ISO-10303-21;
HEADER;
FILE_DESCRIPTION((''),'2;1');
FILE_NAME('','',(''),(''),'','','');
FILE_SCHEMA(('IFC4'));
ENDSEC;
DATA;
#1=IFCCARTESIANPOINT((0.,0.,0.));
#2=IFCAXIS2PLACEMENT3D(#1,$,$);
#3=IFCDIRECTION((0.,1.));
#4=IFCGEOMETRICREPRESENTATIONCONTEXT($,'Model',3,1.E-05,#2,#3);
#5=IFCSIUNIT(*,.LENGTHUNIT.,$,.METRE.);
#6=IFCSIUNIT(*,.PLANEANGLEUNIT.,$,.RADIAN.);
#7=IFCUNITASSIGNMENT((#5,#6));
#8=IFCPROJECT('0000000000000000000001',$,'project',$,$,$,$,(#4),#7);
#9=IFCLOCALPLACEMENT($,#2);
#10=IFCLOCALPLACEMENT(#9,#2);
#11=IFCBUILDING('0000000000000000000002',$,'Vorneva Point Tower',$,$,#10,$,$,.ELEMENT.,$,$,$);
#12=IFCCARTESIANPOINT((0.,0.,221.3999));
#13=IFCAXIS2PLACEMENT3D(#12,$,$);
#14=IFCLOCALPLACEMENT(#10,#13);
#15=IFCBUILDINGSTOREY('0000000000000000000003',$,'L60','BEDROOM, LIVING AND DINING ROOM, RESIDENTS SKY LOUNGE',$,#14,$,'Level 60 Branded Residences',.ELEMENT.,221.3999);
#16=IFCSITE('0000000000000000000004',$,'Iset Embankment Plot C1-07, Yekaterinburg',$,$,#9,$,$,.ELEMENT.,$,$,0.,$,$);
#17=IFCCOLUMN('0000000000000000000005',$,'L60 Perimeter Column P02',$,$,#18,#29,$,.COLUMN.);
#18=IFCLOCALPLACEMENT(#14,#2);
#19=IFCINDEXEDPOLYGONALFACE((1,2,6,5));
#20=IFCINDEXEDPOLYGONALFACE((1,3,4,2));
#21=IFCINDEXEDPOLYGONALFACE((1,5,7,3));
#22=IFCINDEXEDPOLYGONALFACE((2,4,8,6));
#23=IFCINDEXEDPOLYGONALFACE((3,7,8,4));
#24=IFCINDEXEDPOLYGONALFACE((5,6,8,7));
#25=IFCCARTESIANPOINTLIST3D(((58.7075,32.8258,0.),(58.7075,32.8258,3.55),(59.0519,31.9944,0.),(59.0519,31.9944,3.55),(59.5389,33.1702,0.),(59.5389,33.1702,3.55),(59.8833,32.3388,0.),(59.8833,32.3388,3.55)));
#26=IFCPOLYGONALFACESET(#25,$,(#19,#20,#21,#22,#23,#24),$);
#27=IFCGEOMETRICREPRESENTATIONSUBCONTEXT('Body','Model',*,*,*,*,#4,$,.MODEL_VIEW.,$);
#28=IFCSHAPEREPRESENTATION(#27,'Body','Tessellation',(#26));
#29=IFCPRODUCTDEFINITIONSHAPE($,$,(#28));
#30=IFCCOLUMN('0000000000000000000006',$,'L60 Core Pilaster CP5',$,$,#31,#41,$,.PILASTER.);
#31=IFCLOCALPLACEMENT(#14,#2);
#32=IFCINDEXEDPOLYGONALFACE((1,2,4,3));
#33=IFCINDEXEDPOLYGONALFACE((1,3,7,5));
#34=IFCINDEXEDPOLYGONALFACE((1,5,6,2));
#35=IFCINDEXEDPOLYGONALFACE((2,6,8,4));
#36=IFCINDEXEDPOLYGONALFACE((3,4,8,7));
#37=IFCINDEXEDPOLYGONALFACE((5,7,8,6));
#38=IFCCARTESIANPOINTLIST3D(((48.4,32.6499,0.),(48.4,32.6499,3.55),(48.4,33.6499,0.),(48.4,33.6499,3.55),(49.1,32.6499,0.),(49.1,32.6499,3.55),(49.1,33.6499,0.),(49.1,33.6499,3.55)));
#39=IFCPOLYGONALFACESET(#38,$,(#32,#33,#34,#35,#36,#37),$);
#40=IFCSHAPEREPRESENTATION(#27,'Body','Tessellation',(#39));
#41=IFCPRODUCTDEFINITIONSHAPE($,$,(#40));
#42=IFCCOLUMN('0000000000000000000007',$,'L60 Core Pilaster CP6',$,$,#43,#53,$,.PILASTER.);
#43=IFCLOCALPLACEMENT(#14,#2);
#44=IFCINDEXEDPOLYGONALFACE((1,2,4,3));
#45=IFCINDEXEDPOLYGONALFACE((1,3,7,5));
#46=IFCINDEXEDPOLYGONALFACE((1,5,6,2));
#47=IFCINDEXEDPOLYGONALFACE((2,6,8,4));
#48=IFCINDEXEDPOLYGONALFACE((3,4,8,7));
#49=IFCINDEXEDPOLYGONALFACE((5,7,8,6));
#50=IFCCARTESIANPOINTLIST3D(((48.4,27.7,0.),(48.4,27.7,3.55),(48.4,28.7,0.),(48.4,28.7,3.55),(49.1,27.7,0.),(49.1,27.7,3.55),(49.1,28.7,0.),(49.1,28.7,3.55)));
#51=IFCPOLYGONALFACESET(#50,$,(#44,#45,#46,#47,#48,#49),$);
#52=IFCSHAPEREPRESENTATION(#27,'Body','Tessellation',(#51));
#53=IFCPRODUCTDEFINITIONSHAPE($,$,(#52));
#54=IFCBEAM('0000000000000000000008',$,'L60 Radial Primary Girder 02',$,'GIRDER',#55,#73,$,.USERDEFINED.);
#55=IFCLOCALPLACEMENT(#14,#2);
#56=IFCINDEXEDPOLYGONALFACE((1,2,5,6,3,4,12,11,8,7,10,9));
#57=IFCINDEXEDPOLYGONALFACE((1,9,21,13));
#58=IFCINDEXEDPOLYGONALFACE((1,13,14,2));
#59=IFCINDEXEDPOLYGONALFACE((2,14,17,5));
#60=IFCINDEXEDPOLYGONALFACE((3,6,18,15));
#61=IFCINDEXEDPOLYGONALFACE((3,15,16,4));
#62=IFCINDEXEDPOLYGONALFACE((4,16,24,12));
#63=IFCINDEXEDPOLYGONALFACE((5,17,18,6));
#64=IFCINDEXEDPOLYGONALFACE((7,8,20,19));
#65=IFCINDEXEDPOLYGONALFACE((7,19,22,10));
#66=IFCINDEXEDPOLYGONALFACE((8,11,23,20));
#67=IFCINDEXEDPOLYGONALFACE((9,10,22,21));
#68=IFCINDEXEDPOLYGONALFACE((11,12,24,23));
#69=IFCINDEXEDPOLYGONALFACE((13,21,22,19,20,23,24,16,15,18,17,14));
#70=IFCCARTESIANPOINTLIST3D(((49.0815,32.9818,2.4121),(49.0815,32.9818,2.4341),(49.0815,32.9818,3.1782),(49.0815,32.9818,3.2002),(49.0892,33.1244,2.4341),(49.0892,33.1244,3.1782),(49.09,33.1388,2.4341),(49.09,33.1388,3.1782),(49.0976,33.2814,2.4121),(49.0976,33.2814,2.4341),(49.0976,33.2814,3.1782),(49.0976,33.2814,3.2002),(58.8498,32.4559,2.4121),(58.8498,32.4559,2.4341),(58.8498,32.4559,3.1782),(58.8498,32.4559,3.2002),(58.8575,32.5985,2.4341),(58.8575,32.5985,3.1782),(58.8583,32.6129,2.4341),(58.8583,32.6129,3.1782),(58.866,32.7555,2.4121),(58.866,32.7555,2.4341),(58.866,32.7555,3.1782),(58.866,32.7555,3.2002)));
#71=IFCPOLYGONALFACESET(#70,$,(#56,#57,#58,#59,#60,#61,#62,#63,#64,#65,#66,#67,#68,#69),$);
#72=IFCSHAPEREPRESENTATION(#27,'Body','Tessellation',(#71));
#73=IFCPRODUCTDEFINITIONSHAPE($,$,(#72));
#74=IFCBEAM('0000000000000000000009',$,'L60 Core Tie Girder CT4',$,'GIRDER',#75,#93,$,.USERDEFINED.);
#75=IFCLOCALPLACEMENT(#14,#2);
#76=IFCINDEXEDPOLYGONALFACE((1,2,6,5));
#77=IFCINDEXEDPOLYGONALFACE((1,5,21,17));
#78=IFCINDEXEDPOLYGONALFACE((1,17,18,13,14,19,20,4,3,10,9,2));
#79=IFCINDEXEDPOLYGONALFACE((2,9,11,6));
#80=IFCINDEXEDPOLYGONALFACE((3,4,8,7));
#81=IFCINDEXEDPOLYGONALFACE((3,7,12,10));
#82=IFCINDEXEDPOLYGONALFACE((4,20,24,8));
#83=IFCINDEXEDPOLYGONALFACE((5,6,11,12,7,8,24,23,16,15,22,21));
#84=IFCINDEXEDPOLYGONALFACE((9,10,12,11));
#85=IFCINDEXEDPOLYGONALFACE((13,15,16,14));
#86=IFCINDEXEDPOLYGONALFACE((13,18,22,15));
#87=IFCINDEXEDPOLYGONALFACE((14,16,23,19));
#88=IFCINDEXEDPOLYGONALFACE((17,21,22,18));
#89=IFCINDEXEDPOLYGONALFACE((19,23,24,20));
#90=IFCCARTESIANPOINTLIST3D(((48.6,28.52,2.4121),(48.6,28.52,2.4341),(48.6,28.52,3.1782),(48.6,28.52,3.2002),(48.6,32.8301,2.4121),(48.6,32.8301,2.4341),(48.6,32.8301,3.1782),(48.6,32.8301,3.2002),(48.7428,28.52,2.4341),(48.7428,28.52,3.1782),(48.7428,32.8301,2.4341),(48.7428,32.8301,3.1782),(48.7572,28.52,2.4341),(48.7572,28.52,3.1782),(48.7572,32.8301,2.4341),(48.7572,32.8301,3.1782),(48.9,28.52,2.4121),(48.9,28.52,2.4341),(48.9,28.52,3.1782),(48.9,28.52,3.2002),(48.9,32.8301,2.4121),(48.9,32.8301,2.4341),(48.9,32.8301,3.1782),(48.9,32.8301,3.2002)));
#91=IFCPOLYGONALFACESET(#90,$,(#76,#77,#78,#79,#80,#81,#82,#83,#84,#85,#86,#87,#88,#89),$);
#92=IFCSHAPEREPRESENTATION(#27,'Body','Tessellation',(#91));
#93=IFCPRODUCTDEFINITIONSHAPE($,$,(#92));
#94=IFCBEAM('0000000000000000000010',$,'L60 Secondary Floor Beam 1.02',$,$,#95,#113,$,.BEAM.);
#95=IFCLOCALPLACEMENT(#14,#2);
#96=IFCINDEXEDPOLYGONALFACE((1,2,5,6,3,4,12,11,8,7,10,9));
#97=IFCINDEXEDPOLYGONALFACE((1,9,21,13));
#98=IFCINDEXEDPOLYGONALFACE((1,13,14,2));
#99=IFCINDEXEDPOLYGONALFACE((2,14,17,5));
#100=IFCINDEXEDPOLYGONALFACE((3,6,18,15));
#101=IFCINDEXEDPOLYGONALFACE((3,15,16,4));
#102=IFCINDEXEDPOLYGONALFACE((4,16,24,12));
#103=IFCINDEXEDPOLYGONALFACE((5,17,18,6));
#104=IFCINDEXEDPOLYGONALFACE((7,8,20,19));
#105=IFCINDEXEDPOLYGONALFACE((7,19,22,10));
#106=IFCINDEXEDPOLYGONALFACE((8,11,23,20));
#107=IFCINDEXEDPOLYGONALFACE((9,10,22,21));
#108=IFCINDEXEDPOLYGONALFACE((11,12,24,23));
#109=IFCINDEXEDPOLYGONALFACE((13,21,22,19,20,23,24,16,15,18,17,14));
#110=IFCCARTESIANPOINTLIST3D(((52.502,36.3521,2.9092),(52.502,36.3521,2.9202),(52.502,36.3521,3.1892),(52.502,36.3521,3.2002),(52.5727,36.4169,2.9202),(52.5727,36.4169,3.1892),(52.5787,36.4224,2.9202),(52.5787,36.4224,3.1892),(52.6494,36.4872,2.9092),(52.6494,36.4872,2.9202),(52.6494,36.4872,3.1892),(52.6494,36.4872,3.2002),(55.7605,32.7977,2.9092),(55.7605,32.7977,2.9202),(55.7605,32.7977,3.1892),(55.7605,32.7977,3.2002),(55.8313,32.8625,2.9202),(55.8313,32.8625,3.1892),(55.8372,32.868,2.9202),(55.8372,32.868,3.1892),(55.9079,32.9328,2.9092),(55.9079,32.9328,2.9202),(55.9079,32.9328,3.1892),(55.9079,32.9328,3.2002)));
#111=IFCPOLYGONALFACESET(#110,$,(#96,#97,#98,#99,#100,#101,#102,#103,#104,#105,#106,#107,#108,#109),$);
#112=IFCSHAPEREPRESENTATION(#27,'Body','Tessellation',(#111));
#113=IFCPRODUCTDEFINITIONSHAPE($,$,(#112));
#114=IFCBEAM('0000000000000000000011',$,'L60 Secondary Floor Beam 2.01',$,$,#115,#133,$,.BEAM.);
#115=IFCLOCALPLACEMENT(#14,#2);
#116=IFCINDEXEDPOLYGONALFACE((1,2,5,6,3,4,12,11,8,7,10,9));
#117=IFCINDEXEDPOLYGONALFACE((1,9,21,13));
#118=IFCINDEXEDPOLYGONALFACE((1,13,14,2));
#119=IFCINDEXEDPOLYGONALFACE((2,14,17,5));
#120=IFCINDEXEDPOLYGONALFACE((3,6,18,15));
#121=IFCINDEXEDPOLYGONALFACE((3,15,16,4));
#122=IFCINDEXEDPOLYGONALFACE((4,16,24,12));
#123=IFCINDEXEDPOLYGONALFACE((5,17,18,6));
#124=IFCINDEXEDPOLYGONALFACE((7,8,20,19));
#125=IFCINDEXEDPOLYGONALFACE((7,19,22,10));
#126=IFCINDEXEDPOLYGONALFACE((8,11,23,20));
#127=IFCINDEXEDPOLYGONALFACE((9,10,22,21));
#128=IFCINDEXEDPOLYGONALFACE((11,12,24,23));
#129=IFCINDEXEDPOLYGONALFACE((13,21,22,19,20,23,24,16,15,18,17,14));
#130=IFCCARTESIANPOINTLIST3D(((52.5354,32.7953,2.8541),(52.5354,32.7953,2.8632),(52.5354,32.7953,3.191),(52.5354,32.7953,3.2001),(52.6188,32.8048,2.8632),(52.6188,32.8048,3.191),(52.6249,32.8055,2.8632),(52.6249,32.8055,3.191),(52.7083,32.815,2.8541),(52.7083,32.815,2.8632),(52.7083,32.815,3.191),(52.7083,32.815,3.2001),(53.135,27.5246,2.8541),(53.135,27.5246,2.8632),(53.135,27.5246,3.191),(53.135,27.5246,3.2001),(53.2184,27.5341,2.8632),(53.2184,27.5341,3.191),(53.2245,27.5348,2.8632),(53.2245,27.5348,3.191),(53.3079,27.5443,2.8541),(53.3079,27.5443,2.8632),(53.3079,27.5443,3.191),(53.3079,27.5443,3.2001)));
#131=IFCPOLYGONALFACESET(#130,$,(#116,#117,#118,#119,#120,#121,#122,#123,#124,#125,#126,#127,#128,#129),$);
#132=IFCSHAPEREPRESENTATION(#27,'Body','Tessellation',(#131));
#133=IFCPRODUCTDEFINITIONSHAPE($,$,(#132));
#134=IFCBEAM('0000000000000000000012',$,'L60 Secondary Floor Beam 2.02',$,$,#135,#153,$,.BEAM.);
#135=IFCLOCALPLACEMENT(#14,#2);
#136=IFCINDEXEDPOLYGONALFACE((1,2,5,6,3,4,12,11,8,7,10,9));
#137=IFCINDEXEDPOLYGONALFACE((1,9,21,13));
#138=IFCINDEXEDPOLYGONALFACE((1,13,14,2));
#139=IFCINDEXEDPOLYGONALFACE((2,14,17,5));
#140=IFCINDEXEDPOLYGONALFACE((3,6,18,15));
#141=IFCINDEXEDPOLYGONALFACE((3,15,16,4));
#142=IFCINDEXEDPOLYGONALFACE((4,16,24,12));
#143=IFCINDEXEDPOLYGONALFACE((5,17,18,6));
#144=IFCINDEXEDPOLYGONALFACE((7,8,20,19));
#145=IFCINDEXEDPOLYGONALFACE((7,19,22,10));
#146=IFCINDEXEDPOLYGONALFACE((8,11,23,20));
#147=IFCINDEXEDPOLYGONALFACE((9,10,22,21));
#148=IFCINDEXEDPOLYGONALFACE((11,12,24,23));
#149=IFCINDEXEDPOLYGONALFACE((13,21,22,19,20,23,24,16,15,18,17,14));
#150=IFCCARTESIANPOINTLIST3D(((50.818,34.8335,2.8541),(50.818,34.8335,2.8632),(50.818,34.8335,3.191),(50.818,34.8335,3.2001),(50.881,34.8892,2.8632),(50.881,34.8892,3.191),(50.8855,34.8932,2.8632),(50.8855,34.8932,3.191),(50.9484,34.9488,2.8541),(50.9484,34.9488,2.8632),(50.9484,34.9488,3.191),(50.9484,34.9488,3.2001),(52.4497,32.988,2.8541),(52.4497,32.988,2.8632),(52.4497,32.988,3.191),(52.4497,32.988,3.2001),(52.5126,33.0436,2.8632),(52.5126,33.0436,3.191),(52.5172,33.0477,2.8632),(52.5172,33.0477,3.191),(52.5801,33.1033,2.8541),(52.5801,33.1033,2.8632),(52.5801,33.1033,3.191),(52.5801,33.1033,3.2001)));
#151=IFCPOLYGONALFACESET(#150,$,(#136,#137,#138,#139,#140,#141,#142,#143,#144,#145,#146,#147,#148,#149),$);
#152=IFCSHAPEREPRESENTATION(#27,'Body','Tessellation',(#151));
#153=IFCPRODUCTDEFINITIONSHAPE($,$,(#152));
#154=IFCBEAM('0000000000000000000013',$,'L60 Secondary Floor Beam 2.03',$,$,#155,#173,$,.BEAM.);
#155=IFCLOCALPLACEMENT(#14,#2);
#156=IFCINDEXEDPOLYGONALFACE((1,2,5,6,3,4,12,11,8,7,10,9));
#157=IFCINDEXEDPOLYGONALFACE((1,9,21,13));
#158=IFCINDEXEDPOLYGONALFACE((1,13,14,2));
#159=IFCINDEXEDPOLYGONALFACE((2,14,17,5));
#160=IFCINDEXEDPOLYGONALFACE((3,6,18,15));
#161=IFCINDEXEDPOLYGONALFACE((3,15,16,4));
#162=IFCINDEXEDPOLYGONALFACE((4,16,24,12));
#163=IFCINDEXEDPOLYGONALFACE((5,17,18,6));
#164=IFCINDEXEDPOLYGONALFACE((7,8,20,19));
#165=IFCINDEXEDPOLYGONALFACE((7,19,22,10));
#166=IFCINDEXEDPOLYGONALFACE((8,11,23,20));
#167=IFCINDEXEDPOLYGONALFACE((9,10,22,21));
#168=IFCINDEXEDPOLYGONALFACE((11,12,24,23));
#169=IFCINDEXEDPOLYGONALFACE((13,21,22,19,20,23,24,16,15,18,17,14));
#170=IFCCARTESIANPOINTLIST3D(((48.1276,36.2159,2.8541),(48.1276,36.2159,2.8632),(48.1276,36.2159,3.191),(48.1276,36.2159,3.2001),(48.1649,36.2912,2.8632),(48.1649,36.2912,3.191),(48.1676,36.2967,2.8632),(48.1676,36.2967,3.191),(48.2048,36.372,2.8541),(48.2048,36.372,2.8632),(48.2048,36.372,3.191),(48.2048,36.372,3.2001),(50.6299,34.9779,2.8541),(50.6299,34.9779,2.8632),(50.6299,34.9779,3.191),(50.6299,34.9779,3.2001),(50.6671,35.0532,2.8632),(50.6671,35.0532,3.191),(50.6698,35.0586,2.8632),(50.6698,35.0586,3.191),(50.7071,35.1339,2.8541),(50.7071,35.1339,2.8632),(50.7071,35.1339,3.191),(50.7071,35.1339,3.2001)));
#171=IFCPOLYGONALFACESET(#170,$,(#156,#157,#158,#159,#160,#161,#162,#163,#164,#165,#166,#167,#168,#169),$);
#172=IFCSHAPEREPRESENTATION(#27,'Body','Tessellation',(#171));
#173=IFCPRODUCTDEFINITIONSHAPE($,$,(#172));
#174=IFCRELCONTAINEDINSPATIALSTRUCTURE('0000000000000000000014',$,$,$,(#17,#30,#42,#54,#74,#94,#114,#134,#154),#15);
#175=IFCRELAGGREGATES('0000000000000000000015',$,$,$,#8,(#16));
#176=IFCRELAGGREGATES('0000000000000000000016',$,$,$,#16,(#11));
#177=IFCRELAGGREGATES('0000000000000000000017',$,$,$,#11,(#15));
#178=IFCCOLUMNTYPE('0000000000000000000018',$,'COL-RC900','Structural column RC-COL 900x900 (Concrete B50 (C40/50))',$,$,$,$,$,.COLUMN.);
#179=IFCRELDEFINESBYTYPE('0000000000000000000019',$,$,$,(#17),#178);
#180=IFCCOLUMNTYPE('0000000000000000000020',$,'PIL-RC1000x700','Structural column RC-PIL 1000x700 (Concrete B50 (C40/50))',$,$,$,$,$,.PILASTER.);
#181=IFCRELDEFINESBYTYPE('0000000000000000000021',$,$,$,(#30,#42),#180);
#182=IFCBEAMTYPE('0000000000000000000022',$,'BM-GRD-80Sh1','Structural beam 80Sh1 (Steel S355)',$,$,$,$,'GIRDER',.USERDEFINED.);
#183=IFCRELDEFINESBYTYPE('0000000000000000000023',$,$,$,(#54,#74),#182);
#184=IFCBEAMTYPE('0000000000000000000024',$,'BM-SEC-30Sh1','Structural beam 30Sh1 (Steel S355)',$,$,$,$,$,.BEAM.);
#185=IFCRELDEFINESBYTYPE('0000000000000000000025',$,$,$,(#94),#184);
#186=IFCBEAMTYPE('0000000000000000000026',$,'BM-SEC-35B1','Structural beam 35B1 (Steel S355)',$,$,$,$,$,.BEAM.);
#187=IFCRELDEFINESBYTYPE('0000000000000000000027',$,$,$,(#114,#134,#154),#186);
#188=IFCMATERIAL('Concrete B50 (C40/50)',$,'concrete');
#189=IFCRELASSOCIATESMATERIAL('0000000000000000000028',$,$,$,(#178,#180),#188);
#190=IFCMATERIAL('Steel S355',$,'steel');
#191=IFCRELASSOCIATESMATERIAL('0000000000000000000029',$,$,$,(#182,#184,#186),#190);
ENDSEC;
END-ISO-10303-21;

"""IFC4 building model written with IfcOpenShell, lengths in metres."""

from ifc_helpers import new_model, si_unit, direction, frame, origin, origin_2d, place, context, subcontext, project, spatial, rectangle, i_section, extrude, material, material_profile, profile_set, type_object, element, save


model = new_model("IFC4")

# Units and contexts
model_context = context("Model", 3, precision=1e-05, world=origin(), true_north=direction((0.0, 1.0)))
body_context = subcontext(model_context, "Body", "Model", "MODEL_VIEW")
ifc_project = project(units=[si_unit("LENGTHUNIT", "METRE"), si_unit("PLANEANGLEUNIT", "RADIAN")], contexts=[model_context])

# Site, building, storey
site_placement = place(None, origin())
site = spatial("IfcSite", under=ifc_project, at=site_placement, Name="Iset Embankment Plot C1-07, Yekaterinburg", CompositionType="ELEMENT", RefElevation=0.0)
building_placement = place(site_placement, origin())
building = spatial("IfcBuilding", under=site, at=building_placement, Name="Vorneva Point Tower", CompositionType="ELEMENT")
storey_placement = place(building_placement, frame((0.0, 0.0, 221.3999)))
storey = spatial("IfcBuildingStorey", under=building, at=storey_placement, Name="L60", Description="BEDROOM, LIVING AND DINING ROOM, RESIDENTS SKY LOUNGE", LongName="Level 60 Branded Residences", CompositionType="ELEMENT", Elevation=221.3999)

# Columns
ifc_material_1 = material(Name="Concrete B50 (C40/50)", Category="concrete")
ifc_material_profile_1 = material_profile(ifc_material_1, rectangle(XDim=0.8999, YDim=0.8999, at=origin_2d()), Name="RC-COL 900x900")
ifc_profile_set_1 = profile_set([ifc_material_profile_1], Name="Concrete B50 (C40/50)")
column_type_1 = type_object("IfcColumnType", Name="COL-RC900", Description="Structural column RC-COL 900x900 (Concrete B50 (C40/50))", PredefinedType="COLUMN", material=ifc_profile_set_1)
column_placement = place(storey_placement, frame((59.2954, 32.5823, 0.0), z_axis=(0.0, 0.0, 1.0), x_axis=(0.92388, 0.382683, 0.0)))
element("IfcColumn", 1, at=column_placement, inside=storey, type_object=column_type_1, Name="L60 Perimeter Column P02", PredefinedType="COLUMN", context=body_context, shape_type="SweptSolid", body=[
    extrude(rectangle(XDim=0.8999, YDim=0.8999, at=origin_2d()), origin(), (0.0, 0.0, 1.0), 3.55),
])
ifc_material_profile_2 = material_profile(ifc_material_1, rectangle(XDim=0.7, YDim=1.0, at=origin_2d()), Name="RC-PIL 1000x700")
ifc_profile_set_2 = profile_set([ifc_material_profile_2], Name="Concrete B50 (C40/50)")
column_type_2 = type_object("IfcColumnType", Name="PIL-RC1000x700", Description="Structural column RC-PIL 1000x700 (Concrete B50 (C40/50))", PredefinedType="PILASTER", material=ifc_profile_set_2)
for number, where, z_axis, x_axis, name in (
    (2, (48.75, 33.1499, 0.0), (0.0, 0.0, 1.0), (1.0, 0.0, 0.0), "L60 Core Pilaster CP5"),
    (3, (48.75, 28.2, 0.0), (0.0, 0.0, 1.0), (1.0, 0.0, 0.0), "L60 Core Pilaster CP6"),
):
    element("IfcColumn", number, at=place(storey_placement, frame(where, z_axis=z_axis, x_axis=x_axis)), inside=storey, type_object=column_type_2, Name=name, PredefinedType="PILASTER", context=body_context, shape_type="SweptSolid", body=[
        extrude(rectangle(XDim=0.7, YDim=1.0, at=origin_2d()), origin(), (0.0, 0.0, 1.0), 3.55),
    ])

# Beams
ifc_material_2 = material(Name="Steel S355", Category="steel")
ifc_material_profile_3 = material_profile(ifc_material_2, i_section(OverallWidth=0.3, OverallDepth=0.7881, WebThickness=0.0144, FlangeThickness=0.022, at=origin_2d()), Name="80Sh1")
ifc_profile_set_3 = profile_set([ifc_material_profile_3], Name="Steel S355")
beam_type_1 = type_object("IfcBeamType", Name="BM-GRD-80Sh1", Description="Structural beam 80Sh1 (Steel S355)", ElementType="GIRDER", PredefinedType="USERDEFINED", material=ifc_profile_set_3)
beam_1_placement = place(storey_placement, frame((58.8579, 32.6057, 2.8062), z_axis=(-0.998554, 0.053757, 0.0), x_axis=(-0.053757, -0.998554, 0.0)))
element("IfcBeam", 4, at=beam_1_placement, inside=storey, type_object=beam_type_1, Name="L60 Radial Primary Girder 02", ObjectType="GIRDER", PredefinedType="USERDEFINED", context=body_context, shape_type="SweptSolid", body=[
    extrude(i_section(OverallWidth=0.3, OverallDepth=0.7881, WebThickness=0.0144, FlangeThickness=0.022, at=origin_2d()), origin(), (0.0, 0.0, 1.0), 9.7825),
])
beam_2_placement = place(storey_placement, frame((48.75, 28.52, 2.8062), z_axis=(0.0, 1.0, 0.0), x_axis=(-1.0, 0.0, 0.0)))
element("IfcBeam", 5, at=beam_2_placement, inside=storey, type_object=beam_type_1, Name="L60 Core Tie Girder CT4", ObjectType="GIRDER", PredefinedType="USERDEFINED", context=body_context, shape_type="SweptSolid", body=[
    extrude(i_section(OverallWidth=0.3, OverallDepth=0.7881, WebThickness=0.0144, FlangeThickness=0.022, at=origin_2d()), origin(), (0.0, 0.0, 1.0), 4.3101),
])
ifc_material_profile_4 = material_profile(ifc_material_2, i_section(OverallWidth=0.2, OverallDepth=0.291, WebThickness=0.0081, FlangeThickness=0.011, at=origin_2d()), Name="30Sh1")
ifc_profile_set_4 = profile_set([ifc_material_profile_4], Name="Steel S355")
beam_type_2 = type_object("IfcBeamType", Name="BM-SEC-30Sh1", Description="Structural beam 30Sh1 (Steel S355)", PredefinedType="BEAM", material=ifc_profile_set_4)
beam_3_placement = place(storey_placement, frame((55.8342, 32.8652, 3.0547), z_axis=(-0.675759, 0.737123, 0.0), x_axis=(-0.737123, -0.675759, 0.0)))
element("IfcBeam", 6, at=beam_3_placement, inside=storey, type_object=beam_type_2, Name="L60 Secondary Floor Beam 1.02", PredefinedType="BEAM", context=body_context, shape_type="SweptSolid", body=[
    extrude(i_section(OverallWidth=0.2, OverallDepth=0.291, WebThickness=0.0081, FlangeThickness=0.011, at=origin_2d()), origin(), (0.0, 0.0, 1.0), 4.822),
])
ifc_material_profile_5 = material_profile(ifc_material_2, i_section(OverallWidth=0.1741, OverallDepth=0.3459, WebThickness=0.0061, FlangeThickness=0.009, at=origin_2d()), Name="35B1")
ifc_profile_set_5 = profile_set([ifc_material_profile_5], Name="Steel S355")
beam_type_3 = type_object("IfcBeamType", Name="BM-SEC-35B1", Description="Structural beam 35B1 (Steel S355)", PredefinedType="BEAM", material=ifc_profile_set_5)
beam_4_placement = place(storey_placement, frame((53.2214, 27.5344, 3.0271), z_axis=(-0.113033, 0.993591, 0.0), x_axis=(-0.993591, -0.113033, 0.0)))
element("IfcBeam", 7, at=beam_4_placement, inside=storey, type_object=beam_type_3, Name="L60 Secondary Floor Beam 2.01", PredefinedType="BEAM", context=body_context, shape_type="SweptSolid", body=[
    extrude(i_section(OverallWidth=0.1741, OverallDepth=0.3459, WebThickness=0.0061, FlangeThickness=0.009, at=origin_2d()), origin(), (0.0, 0.0, 1.0), 5.3047),
])
beam_5_placement = place(storey_placement, frame((52.5149, 33.0457, 3.0271), z_axis=(-0.662362, 0.749184, 0.0), x_axis=(-0.749184, -0.662362, 0.0)))
element("IfcBeam", 8, at=beam_5_placement, inside=storey, type_object=beam_type_3, Name="L60 Secondary Floor Beam 2.02", PredefinedType="BEAM", context=body_context, shape_type="SweptSolid", body=[
    extrude(i_section(OverallWidth=0.1741, OverallDepth=0.3459, WebThickness=0.0061, FlangeThickness=0.009, at=origin_2d()), origin(), (0.0, 0.0, 1.0), 2.4634),
])
beam_6_placement = place(storey_placement, frame((50.6685, 35.0559, 3.0271), z_axis=(-0.896291, 0.443467, 0.0), x_axis=(-0.443467, -0.896291, 0.0)))
element("IfcBeam", 9, at=beam_6_placement, inside=storey, type_object=beam_type_3, Name="L60 Secondary Floor Beam 2.03", PredefinedType="BEAM", context=body_context, shape_type="SweptSolid", body=[
    extrude(i_section(OverallWidth=0.1741, OverallDepth=0.3459, WebThickness=0.0061, FlangeThickness=0.009, at=origin_2d()), origin(), (0.0, 0.0, 1.0), 2.7917),
])

save(model, "model.ifc")
